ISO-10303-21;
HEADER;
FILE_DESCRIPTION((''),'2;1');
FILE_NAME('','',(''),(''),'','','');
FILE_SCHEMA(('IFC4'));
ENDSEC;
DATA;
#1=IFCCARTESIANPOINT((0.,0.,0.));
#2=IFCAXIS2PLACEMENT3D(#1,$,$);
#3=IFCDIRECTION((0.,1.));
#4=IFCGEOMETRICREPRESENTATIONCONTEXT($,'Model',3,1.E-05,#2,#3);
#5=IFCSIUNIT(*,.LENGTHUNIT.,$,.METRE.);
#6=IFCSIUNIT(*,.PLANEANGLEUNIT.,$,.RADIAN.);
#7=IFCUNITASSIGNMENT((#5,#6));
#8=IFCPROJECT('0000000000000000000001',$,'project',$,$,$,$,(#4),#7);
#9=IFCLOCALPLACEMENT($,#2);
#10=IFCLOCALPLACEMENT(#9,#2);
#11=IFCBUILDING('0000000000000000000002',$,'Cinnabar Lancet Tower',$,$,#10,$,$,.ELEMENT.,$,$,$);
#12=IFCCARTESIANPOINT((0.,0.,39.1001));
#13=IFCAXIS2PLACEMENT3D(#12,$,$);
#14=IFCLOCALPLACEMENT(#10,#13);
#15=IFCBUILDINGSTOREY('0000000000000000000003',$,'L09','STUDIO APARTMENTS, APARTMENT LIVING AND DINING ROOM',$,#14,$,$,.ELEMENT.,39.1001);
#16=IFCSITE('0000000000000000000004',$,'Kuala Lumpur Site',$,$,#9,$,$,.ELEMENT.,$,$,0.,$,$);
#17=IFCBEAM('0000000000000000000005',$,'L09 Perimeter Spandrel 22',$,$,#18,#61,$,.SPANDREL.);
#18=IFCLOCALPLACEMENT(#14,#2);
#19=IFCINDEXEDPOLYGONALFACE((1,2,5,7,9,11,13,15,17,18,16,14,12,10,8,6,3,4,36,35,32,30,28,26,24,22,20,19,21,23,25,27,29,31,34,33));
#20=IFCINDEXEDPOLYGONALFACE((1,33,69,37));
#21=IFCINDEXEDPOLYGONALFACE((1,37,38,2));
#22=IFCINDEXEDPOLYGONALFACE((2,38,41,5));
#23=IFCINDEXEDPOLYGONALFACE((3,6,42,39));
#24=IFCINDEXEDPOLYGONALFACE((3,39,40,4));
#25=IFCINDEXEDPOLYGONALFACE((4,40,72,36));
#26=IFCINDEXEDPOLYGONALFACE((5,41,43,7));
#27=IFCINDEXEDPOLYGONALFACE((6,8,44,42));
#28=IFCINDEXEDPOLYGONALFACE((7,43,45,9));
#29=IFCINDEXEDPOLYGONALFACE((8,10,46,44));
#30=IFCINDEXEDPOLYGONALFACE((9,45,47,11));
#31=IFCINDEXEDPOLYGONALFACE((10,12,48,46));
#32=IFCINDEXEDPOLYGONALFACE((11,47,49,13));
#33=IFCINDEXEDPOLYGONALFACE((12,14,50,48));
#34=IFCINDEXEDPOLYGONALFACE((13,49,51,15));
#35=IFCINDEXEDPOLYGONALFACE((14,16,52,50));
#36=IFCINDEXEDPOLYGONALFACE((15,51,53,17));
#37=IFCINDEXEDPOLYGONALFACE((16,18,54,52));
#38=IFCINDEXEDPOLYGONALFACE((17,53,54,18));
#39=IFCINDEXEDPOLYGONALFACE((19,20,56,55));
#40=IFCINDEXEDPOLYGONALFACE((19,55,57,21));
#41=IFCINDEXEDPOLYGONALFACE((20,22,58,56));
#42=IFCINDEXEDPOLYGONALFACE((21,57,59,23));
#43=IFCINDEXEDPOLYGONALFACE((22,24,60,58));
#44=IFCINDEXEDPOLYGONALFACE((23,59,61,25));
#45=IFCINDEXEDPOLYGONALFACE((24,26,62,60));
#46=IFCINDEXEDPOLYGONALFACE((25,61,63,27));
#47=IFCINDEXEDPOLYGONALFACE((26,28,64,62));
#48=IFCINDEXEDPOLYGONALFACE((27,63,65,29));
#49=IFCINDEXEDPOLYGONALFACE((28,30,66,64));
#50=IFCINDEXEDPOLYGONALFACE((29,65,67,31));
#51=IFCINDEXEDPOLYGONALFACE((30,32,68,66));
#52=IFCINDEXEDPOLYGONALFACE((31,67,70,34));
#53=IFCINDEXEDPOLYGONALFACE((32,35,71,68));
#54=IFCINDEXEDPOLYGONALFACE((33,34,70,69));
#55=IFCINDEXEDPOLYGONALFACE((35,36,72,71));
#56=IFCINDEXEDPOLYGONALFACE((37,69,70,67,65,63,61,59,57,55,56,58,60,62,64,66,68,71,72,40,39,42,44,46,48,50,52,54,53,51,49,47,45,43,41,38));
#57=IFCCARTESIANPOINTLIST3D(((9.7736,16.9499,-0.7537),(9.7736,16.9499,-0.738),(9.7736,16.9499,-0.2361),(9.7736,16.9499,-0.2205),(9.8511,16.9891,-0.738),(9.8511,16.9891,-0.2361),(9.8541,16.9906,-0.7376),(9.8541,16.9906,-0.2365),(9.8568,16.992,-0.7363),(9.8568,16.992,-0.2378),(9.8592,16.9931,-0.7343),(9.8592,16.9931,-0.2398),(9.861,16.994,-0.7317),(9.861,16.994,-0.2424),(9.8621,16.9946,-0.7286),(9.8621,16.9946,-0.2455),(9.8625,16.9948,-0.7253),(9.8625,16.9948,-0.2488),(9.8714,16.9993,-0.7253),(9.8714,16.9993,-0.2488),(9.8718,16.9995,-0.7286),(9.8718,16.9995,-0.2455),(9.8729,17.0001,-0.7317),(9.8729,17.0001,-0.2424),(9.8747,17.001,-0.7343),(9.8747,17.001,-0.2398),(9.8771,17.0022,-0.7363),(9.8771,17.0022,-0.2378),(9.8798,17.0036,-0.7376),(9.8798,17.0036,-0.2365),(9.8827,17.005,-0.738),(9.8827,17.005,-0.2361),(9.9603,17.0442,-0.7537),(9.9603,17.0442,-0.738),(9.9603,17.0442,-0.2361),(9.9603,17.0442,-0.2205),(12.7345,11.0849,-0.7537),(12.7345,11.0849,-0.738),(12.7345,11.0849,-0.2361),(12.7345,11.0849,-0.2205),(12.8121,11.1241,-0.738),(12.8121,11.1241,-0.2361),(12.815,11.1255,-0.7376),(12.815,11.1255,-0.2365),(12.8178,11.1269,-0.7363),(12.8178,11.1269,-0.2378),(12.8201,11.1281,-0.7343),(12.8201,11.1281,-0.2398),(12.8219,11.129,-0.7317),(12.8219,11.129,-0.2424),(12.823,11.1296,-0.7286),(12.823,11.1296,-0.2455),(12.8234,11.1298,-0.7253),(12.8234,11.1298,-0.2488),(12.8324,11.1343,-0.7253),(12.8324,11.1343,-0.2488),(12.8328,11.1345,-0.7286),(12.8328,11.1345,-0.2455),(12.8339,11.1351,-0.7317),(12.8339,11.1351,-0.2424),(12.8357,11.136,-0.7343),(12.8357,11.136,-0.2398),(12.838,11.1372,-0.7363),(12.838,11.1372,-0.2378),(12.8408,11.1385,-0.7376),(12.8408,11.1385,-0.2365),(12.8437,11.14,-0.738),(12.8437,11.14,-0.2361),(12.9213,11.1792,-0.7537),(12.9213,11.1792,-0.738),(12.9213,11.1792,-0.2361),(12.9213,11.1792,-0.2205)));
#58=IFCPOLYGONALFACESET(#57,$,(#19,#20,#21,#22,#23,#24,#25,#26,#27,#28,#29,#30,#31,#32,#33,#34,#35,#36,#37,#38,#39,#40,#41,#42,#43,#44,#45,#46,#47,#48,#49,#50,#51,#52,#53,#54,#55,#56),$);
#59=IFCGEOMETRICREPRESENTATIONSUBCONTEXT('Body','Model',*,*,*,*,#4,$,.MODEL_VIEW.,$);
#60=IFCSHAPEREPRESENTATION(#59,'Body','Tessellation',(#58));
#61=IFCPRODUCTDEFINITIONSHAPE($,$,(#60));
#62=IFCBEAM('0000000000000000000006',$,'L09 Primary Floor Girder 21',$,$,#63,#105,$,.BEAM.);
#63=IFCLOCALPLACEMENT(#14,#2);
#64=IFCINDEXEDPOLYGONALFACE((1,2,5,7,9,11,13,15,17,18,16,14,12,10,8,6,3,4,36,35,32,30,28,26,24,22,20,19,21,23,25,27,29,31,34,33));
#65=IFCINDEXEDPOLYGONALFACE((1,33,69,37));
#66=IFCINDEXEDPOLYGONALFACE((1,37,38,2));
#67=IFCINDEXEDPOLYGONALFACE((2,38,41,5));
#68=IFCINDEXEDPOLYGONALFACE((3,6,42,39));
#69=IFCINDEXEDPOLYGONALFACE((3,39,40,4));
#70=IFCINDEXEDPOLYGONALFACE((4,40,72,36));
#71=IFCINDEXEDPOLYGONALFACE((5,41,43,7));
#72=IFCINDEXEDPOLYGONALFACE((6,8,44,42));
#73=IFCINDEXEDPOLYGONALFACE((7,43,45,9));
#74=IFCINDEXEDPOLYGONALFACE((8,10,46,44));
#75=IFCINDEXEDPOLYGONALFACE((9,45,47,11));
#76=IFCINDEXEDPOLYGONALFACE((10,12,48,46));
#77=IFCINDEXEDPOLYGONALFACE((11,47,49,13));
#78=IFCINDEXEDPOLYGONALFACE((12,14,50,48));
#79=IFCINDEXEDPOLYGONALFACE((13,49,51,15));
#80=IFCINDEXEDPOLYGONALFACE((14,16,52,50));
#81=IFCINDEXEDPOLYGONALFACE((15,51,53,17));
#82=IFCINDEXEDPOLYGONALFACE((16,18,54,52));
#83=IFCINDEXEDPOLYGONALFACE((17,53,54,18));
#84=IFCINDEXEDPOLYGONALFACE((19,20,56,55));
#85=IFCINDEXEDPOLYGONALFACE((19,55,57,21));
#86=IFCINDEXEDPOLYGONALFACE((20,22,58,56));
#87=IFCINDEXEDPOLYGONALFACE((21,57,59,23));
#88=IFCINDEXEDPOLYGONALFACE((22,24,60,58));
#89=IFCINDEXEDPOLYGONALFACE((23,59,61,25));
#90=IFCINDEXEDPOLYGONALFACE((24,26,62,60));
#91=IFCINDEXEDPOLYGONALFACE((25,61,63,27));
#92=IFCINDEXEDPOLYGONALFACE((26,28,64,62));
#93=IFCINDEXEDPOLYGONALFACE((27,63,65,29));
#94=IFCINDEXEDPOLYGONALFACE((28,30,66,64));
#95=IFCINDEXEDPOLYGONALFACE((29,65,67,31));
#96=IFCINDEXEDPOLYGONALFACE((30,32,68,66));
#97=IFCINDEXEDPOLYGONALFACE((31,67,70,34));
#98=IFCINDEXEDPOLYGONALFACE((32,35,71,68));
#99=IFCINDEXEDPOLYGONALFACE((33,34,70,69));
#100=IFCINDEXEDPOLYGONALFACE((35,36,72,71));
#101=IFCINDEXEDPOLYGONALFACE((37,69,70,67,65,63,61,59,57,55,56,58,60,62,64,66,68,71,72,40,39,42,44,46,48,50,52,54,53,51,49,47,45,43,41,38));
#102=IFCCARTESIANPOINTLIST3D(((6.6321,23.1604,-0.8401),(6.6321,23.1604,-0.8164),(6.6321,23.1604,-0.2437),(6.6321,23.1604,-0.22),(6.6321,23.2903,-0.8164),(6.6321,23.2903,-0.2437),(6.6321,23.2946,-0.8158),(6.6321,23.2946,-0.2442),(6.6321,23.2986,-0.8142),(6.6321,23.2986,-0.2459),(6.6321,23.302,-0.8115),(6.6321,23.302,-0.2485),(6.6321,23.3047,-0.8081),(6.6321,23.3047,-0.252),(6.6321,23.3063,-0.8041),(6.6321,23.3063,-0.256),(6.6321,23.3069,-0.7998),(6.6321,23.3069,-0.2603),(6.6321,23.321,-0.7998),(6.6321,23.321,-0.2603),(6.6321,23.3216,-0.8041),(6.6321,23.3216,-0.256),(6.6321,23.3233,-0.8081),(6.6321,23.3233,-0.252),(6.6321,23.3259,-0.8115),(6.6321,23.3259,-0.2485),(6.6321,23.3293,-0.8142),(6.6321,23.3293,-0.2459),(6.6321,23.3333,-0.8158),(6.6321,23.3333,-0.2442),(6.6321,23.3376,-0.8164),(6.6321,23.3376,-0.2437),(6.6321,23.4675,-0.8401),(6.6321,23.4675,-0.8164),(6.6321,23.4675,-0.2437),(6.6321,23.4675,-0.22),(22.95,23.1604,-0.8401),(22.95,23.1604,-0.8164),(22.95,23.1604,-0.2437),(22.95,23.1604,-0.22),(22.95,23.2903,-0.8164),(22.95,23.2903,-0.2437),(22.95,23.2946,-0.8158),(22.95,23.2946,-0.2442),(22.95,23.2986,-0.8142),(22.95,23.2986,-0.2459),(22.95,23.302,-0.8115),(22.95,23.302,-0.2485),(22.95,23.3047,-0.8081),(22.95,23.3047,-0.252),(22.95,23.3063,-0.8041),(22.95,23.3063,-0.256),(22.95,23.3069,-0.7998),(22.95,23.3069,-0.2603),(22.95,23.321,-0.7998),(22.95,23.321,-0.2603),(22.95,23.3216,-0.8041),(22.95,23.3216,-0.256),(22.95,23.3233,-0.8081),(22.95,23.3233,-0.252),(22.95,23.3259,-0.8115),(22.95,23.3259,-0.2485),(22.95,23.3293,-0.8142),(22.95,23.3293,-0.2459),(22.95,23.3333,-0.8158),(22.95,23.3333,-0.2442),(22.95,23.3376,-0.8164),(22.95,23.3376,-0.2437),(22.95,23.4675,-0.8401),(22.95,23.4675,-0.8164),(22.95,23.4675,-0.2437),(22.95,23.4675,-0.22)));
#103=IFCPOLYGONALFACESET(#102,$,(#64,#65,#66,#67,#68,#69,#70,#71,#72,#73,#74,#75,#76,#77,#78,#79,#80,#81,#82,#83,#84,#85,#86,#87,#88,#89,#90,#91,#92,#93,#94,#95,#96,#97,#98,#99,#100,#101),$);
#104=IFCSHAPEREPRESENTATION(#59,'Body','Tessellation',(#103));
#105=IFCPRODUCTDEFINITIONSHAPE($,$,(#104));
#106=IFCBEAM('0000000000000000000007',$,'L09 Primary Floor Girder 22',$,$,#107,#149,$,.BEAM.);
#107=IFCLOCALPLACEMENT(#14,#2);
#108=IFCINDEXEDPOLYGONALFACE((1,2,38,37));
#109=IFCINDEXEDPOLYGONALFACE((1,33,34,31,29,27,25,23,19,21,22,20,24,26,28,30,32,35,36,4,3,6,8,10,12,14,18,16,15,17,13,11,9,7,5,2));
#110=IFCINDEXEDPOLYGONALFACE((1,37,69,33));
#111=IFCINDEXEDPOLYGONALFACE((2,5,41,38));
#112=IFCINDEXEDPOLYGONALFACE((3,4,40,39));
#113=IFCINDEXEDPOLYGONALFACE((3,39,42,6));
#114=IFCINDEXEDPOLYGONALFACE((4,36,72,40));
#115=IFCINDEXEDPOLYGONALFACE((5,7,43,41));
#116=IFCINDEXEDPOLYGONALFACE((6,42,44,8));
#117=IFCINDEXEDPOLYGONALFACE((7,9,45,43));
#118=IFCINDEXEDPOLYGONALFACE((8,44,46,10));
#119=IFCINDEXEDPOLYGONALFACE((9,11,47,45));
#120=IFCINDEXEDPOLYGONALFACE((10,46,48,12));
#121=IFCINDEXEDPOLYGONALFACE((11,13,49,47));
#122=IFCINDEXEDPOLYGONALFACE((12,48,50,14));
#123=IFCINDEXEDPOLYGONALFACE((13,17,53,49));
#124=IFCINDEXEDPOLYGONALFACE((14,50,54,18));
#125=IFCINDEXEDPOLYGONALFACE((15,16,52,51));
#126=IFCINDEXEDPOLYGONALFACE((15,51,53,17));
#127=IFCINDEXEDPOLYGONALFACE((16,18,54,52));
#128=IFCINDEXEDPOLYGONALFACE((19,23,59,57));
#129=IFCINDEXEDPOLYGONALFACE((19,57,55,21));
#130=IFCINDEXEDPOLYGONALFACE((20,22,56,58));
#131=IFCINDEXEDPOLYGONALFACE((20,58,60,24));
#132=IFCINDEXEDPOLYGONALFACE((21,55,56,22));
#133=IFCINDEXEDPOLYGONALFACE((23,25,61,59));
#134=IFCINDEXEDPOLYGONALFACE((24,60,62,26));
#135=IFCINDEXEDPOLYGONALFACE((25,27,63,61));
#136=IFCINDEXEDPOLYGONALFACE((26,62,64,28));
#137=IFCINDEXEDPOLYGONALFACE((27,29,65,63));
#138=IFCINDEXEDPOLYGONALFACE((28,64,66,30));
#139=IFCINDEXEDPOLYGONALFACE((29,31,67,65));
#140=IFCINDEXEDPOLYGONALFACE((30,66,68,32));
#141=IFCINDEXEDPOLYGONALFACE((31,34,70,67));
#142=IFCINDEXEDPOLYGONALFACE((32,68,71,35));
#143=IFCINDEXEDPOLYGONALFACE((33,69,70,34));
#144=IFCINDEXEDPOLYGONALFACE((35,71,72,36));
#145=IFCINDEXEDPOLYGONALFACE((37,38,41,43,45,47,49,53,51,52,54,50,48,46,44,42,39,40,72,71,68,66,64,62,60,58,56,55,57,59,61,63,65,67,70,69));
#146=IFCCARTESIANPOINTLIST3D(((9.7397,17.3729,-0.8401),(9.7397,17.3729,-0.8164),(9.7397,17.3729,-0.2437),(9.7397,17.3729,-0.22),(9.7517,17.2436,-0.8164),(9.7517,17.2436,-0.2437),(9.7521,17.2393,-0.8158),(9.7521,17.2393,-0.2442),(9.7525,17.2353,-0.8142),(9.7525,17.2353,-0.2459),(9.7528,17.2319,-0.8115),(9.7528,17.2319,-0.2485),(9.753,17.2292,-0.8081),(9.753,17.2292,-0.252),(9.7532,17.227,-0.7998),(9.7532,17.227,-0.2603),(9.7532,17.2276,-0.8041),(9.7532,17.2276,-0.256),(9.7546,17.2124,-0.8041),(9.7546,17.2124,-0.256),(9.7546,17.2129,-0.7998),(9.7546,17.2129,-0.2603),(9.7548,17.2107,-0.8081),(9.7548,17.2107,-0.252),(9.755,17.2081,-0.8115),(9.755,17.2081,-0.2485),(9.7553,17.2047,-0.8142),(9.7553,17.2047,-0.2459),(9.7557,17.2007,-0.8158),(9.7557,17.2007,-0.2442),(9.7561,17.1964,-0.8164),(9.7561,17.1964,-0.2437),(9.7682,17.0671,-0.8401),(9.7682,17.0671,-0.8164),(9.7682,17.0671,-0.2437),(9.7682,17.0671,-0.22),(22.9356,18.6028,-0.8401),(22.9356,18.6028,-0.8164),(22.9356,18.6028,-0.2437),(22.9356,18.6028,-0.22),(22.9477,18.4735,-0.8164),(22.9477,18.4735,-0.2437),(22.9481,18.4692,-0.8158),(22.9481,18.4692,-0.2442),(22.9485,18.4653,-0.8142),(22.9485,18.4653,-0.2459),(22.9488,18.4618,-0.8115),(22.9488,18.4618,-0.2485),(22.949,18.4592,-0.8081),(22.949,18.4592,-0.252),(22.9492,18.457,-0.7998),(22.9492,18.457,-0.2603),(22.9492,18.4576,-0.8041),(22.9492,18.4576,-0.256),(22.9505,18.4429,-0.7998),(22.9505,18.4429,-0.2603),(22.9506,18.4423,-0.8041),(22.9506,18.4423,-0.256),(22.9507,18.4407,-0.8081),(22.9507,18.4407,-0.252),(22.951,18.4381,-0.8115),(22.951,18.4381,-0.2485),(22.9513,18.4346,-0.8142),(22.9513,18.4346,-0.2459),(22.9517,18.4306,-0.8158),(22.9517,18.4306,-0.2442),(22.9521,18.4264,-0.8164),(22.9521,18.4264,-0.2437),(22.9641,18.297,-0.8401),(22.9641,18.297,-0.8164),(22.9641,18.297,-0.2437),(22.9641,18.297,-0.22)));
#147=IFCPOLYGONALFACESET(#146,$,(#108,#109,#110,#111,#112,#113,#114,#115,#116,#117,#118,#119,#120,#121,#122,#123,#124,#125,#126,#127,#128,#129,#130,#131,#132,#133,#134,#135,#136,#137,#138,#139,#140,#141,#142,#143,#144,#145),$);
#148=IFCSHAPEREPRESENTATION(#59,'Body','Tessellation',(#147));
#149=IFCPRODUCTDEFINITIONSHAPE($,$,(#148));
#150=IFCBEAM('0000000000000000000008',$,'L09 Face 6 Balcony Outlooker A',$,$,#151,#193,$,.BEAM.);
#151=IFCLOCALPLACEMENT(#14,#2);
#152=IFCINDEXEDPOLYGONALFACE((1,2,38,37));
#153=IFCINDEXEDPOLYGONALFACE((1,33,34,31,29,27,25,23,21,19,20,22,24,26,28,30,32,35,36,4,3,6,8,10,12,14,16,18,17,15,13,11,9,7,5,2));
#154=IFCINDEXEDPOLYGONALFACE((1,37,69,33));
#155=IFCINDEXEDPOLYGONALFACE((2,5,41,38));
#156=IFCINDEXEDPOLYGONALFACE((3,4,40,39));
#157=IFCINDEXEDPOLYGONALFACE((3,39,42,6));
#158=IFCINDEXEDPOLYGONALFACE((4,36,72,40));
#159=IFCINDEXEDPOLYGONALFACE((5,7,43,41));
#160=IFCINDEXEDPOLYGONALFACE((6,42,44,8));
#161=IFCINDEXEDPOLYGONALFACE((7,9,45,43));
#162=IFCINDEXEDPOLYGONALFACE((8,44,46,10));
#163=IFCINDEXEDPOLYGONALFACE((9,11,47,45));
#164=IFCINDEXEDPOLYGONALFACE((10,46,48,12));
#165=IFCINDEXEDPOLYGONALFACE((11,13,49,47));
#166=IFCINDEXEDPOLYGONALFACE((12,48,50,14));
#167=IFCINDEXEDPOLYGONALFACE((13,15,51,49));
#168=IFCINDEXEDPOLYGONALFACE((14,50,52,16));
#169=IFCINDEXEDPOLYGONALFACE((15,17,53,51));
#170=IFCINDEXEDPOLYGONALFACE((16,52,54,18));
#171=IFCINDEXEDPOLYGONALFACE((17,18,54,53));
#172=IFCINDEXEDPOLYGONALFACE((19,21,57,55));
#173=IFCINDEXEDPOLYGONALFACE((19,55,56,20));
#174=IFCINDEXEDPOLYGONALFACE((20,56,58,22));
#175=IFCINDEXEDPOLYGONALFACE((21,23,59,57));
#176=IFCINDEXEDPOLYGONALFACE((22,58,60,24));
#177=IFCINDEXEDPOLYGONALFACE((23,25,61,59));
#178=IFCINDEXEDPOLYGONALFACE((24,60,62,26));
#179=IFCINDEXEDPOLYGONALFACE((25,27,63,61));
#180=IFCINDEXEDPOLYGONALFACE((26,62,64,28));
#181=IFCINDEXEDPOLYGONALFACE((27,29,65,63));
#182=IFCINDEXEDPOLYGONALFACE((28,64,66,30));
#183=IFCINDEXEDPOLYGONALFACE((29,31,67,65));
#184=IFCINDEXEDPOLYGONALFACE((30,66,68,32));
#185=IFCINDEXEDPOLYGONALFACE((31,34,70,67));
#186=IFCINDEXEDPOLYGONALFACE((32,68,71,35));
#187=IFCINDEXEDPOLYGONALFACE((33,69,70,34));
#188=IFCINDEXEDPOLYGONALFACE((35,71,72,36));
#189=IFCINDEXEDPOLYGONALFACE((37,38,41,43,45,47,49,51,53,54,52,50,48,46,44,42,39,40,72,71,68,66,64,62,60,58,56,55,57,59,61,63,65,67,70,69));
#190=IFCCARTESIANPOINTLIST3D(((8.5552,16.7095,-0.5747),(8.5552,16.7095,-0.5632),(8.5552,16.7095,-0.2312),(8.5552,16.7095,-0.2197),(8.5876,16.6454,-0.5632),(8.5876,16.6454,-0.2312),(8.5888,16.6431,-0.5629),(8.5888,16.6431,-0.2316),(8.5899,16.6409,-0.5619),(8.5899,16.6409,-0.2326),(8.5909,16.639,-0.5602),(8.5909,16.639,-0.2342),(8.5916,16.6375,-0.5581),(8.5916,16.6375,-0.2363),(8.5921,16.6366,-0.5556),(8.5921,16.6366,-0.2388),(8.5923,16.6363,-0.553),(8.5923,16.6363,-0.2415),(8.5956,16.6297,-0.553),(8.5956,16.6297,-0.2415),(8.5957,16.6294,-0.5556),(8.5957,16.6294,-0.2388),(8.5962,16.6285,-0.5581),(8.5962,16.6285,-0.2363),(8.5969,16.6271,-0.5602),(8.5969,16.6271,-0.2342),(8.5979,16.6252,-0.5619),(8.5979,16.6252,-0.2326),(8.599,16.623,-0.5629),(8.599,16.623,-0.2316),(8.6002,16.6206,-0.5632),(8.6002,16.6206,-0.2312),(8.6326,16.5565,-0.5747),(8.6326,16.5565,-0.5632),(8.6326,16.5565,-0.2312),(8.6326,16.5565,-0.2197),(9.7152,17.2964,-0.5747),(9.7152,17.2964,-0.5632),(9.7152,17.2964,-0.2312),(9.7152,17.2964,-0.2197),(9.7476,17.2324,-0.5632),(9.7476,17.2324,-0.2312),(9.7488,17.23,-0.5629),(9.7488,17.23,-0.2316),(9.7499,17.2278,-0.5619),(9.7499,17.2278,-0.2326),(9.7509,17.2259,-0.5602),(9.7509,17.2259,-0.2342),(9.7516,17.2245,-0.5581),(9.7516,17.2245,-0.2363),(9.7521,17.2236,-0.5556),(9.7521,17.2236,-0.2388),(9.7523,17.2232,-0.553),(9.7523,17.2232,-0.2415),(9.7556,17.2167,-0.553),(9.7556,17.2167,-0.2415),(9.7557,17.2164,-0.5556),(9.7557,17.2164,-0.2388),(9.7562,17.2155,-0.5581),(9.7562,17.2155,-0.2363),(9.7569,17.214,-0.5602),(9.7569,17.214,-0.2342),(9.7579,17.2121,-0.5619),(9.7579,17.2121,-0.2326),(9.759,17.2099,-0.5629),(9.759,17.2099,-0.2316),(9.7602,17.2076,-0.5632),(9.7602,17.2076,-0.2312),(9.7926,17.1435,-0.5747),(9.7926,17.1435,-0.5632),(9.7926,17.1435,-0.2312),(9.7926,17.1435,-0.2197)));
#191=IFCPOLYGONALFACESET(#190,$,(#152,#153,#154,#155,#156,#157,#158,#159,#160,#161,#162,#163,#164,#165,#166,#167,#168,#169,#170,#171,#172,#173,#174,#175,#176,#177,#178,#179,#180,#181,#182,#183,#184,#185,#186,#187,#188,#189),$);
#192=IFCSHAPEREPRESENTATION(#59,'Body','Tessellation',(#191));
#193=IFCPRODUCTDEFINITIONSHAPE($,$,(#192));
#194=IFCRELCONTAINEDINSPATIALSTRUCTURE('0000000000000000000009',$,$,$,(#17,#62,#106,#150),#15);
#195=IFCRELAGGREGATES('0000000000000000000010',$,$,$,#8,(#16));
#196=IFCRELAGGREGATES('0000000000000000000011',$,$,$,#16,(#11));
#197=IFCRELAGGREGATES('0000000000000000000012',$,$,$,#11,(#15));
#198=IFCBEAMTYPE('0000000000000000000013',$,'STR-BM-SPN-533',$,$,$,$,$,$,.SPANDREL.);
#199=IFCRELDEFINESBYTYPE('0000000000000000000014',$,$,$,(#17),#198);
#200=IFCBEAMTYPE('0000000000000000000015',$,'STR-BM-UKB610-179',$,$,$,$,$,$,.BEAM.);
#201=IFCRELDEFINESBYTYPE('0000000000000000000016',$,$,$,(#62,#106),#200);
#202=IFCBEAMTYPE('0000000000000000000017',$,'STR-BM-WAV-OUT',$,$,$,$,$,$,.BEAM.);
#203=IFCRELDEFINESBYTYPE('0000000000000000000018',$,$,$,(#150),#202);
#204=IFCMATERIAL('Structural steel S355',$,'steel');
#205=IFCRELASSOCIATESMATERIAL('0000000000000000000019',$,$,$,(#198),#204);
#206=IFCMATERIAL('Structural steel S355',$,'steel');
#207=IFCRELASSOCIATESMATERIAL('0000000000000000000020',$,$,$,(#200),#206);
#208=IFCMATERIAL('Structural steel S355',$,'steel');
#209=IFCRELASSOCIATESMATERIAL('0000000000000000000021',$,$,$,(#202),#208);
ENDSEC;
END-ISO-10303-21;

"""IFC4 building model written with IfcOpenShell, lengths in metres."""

from ifc_helpers import new_model, si_unit, direction, frame, origin, origin_2d, place, context, subcontext, project, spatial, i_section, extrude, material, material_profile, profile_set, type_object, element, save


model = new_model("IFC4")

# Units and contexts
model_context = context("Model", 3, precision=1e-05, world=origin(), true_north=direction((0.0, 1.0)))
body_context = subcontext(model_context, "Body", "Model", "MODEL_VIEW")
ifc_project = project(units=[si_unit("LENGTHUNIT", "METRE"), si_unit("PLANEANGLEUNIT", "RADIAN")], contexts=[model_context])

# Site, building, storey
site_placement = place(None, origin())
site = spatial("IfcSite", under=ifc_project, at=site_placement, Name="Kuala Lumpur Site", CompositionType="ELEMENT", RefElevation=0.0)
building_placement = place(site_placement, origin())
building = spatial("IfcBuilding", under=site, at=building_placement, Name="Cinnabar Lancet Tower", CompositionType="ELEMENT")
storey_placement = place(building_placement, frame((0.0, 0.0, 39.1001)))
storey = spatial("IfcBuildingStorey", under=building, at=storey_placement, Name="L09", Description="STUDIO APARTMENTS, APARTMENT LIVING AND DINING ROOM", CompositionType="ELEMENT", Elevation=39.1001)

# Beams
ifc_material_1 = material(Name="Structural steel S355", Category="steel")
ifc_material_profile_1 = material_profile(ifc_material_1, i_section(OverallWidth=0.2092, OverallDepth=0.5332, WebThickness=0.01, FlangeThickness=0.0156, FilletRadius=0.0127, at=origin_2d()), Name="UKB 533x210x92")
ifc_profile_set_1 = profile_set([ifc_material_profile_1], Name="Structural steel S355")
beam_type_1 = type_object("IfcBeamType", Name="STR-BM-SPN-533", PredefinedType="SPANDREL", material=ifc_profile_set_1)
beam_1_placement = place(storey_placement, frame((9.8669, 16.9971, -0.4871), z_axis=(0.450674, -0.892689, 0.0), x_axis=(0.892689, 0.450674, 0.0)))
element("IfcBeam", 1, at=beam_1_placement, inside=storey, type_object=beam_type_1, Name="L09 Perimeter Spandrel 22", PredefinedType="SPANDREL", context=body_context, shape_type="SweptSolid", body=[
    extrude(i_section(OverallWidth=0.2092, OverallDepth=0.5332, WebThickness=0.01, FlangeThickness=0.0156, FilletRadius=0.0127, at=origin_2d()), origin(), (0.0, 0.0, 1.0), 6.5701),
])
ifc_material_2 = material(Name="Structural steel S355", Category="steel")
ifc_material_profile_2 = material_profile(ifc_material_2, i_section(OverallWidth=0.3071, OverallDepth=0.6201, WebThickness=0.0142, FlangeThickness=0.0237, FilletRadius=0.0166, at=origin_2d()), Name="UKB 610x305x179")
ifc_profile_set_2 = profile_set([ifc_material_profile_2], Name="Structural steel S355")
beam_type_2 = type_object("IfcBeamType", Name="STR-BM-UKB610-179", PredefinedType="BEAM", material=ifc_profile_set_2)
beam_2_placement = place(storey_placement, frame((6.6321, 23.314, -0.53), z_axis=(1.0, 0.0, 0.0), x_axis=(0.0, 1.0, 0.0)))
element("IfcBeam", 2, at=beam_2_placement, inside=storey, type_object=beam_type_2, Name="L09 Primary Floor Girder 21", PredefinedType="BEAM", context=body_context, shape_type="SweptSolid", body=[
    extrude(i_section(OverallWidth=0.3071, OverallDepth=0.6201, WebThickness=0.0142, FlangeThickness=0.0237, FilletRadius=0.0166, at=origin_2d()), origin(), (0.0, 0.0, 1.0), 16.3179),
])
beam_3_placement = place(storey_placement, frame((9.7539, 17.22, -0.53), z_axis=(0.995684, 0.092806, 0.0), x_axis=(-0.092806, 0.995684, 0.0)))
element("IfcBeam", 3, at=beam_3_placement, inside=storey, type_object=beam_type_2, Name="L09 Primary Floor Girder 22", PredefinedType="BEAM", context=body_context, shape_type="SweptSolid", body=[
    extrude(i_section(OverallWidth=0.3071, OverallDepth=0.6201, WebThickness=0.0142, FlangeThickness=0.0237, FilletRadius=0.0166, at=origin_2d()), origin(), (0.0, 0.0, 1.0), 13.2532),
])
ifc_material_3 = material(Name="Structural steel S355", Category="steel")
ifc_material_profile_3 = material_profile(ifc_material_3, i_section(OverallWidth=0.1714, OverallDepth=0.355, WebThickness=0.0073, FlangeThickness=0.0115, FilletRadius=0.0103, at=origin_2d()), Name="UKB 356x171x51")
ifc_profile_set_3 = profile_set([ifc_material_profile_3], Name="Structural steel S355")
beam_type_3 = type_object("IfcBeamType", Name="STR-BM-WAV-OUT", PredefinedType="BEAM", material=ifc_profile_set_3)
beam_4_placement = place(storey_placement, frame((9.7539, 17.22, -0.3972), z_axis=(-0.892276, -0.45149, 0.0), x_axis=(0.45149, -0.892276, 0.0)))
element("IfcBeam", 4, at=beam_4_placement, inside=storey, type_object=beam_type_3, Name="L09 Face 6 Balcony Outlooker A", PredefinedType="BEAM", context=body_context, shape_type="SweptSolid", body=[
    extrude(i_section(OverallWidth=0.1714, OverallDepth=0.355, WebThickness=0.0073, FlangeThickness=0.0115, FilletRadius=0.0103, at=origin_2d()), origin(), (0.0, 0.0, 1.0), 1.3),
])

save(model, "model.ifc")
